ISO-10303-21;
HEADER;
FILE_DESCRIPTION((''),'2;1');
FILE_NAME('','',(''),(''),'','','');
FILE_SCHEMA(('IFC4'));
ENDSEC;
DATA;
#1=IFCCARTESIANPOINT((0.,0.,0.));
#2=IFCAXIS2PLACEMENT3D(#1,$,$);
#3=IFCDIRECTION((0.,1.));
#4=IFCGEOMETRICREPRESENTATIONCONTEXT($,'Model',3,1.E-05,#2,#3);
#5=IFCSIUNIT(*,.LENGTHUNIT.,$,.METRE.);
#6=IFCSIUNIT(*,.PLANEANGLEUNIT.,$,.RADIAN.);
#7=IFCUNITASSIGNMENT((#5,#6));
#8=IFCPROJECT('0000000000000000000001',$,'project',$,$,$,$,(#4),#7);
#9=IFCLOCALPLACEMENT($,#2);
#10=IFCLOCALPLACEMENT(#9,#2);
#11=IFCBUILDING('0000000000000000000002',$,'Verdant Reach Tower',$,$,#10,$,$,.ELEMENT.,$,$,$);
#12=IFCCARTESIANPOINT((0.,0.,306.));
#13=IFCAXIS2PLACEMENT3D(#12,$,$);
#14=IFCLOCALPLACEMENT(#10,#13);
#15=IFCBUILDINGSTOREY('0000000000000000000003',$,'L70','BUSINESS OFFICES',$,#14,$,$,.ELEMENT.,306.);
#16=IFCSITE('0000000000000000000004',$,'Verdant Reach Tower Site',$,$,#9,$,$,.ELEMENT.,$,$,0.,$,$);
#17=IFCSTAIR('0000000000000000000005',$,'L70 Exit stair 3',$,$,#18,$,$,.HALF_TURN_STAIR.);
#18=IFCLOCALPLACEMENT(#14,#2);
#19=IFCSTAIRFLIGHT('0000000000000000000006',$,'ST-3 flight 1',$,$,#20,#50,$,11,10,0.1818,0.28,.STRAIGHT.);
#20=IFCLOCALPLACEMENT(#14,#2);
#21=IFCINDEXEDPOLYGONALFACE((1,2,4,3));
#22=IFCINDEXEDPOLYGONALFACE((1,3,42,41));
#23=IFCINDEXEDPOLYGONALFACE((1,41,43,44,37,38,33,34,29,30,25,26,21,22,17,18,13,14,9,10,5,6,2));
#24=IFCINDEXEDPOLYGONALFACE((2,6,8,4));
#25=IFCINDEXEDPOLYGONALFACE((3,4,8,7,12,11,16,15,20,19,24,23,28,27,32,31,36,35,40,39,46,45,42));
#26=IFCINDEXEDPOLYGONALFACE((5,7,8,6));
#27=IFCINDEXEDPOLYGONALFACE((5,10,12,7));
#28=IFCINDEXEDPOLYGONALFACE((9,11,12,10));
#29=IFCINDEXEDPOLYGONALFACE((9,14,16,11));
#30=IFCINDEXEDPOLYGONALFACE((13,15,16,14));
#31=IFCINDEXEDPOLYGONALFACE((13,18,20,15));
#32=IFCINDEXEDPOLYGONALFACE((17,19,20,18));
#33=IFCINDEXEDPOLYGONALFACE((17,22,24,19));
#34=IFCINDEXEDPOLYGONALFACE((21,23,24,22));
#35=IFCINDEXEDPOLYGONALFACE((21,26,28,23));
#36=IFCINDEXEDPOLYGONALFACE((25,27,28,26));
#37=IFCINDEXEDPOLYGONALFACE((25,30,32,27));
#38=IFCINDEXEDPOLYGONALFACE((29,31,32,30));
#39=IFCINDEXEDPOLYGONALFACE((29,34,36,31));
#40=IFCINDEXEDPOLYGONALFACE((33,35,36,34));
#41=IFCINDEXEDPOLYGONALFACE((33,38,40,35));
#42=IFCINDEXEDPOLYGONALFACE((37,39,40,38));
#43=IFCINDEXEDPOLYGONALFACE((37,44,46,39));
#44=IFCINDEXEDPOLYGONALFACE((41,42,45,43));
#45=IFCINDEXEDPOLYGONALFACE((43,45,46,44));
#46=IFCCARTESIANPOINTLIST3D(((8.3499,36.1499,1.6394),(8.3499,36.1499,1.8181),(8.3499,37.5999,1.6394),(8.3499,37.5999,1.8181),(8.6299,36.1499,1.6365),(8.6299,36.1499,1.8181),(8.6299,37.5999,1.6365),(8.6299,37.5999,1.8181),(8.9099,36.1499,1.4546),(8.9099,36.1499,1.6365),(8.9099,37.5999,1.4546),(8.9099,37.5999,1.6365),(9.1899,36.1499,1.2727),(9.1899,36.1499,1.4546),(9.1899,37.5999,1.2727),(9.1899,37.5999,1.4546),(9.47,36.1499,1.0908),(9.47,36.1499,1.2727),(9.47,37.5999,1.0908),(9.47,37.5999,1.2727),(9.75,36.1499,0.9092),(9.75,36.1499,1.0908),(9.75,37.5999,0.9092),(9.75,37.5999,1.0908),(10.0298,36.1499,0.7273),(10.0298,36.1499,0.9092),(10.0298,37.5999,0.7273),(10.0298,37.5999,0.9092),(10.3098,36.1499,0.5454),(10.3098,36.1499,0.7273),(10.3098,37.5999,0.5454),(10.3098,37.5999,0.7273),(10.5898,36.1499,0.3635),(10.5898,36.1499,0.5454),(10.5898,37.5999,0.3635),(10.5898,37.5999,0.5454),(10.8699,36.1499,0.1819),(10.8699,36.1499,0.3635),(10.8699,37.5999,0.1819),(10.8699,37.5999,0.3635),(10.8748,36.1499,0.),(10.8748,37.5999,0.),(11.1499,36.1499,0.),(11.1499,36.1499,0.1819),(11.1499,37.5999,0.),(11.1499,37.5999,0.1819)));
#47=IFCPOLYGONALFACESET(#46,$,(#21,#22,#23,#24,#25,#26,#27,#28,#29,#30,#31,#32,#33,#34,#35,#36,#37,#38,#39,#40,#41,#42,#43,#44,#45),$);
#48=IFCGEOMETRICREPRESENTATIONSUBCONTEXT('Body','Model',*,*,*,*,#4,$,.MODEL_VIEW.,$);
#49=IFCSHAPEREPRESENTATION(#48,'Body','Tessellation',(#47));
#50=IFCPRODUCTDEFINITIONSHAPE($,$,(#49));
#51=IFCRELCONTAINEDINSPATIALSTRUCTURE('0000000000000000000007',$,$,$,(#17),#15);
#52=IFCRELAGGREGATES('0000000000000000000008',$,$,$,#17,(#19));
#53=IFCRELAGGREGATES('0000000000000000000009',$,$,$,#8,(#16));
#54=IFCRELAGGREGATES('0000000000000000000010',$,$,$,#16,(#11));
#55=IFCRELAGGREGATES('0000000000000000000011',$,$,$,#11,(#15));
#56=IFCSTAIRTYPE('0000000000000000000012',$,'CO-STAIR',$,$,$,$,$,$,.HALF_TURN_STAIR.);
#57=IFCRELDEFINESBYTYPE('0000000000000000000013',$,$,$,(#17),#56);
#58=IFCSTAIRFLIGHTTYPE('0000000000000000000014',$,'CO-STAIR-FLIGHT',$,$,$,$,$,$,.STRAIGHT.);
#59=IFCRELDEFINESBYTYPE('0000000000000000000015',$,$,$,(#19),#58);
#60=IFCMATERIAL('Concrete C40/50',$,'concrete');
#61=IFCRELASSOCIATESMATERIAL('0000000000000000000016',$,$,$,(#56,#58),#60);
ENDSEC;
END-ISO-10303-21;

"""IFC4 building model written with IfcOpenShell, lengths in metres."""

from ifc_helpers import new_model, si_unit, direction, frame, origin, place, context, subcontext, project, spatial, polyline, outline, extrude, material, type_object, element, aggregate, save


model = new_model("IFC4")

# Units and contexts
model_context = context("Model", 3, precision=1e-05, world=origin(), true_north=direction((0.0, 1.0)))
body_context = subcontext(model_context, "Body", "Model", "MODEL_VIEW")
ifc_project = project(units=[si_unit("LENGTHUNIT", "METRE"), si_unit("PLANEANGLEUNIT", "RADIAN")], contexts=[model_context])

# Site, building, storey
site_placement = place(None, origin())
site = spatial("IfcSite", under=ifc_project, at=site_placement, Name="Verdant Reach Tower Site", CompositionType="ELEMENT", RefElevation=0.0)
building_placement = place(site_placement, origin())
building = spatial("IfcBuilding", under=site, at=building_placement, Name="Verdant Reach Tower", CompositionType="ELEMENT")
storey_placement = place(building_placement, frame((0.0, 0.0, 306.0)))
storey = spatial("IfcBuildingStorey", under=building, at=storey_placement, Name="L70", Description="BUSINESS OFFICES", CompositionType="ELEMENT", Elevation=306.0)

# Stair, stair flight
ifc_material_1 = material(Name="Concrete C40/50", Category="concrete")
stair_type = type_object("IfcStairType", Name="CO-STAIR", PredefinedType="HALF_TURN_STAIR", material=ifc_material_1)
stair_placement = place(storey_placement, origin())
stair = element("IfcStair", 1, at=stair_placement, inside=storey, type_object=stair_type, Name="L70 Exit stair 3", PredefinedType="HALF_TURN_STAIR")
stair_flight_type = type_object("IfcStairFlightType", Name="CO-STAIR-FLIGHT", PredefinedType="STRAIGHT", material=ifc_material_1)
stair_flight_placement = place(storey_placement, frame((11.1499, 36.875, 0.0), z_axis=(0.0, 0.0, 1.0), x_axis=(-1.0, 0.0, 0.0)))
stair_flight = element("IfcStairFlight", 2, at=stair_flight_placement, type_object=stair_flight_type, Name="ST-3 flight 1", NumberOfRisers=11, NumberOfTreads=10, PredefinedType="STRAIGHT", RiserHeight=0.1818, TreadLength=0.28, context=body_context, shape_type="SweptSolid", body=[
    extrude(outline(polyline([(0.0, 0.0), (0.0, 0.1819), (0.28, 0.1819), (0.28, 0.3635), (0.5601, 0.3635), (0.5601, 0.5454), (0.8401, 0.5454), (0.8401, 0.7273), (1.1201, 0.7273), (1.1201, 0.9092), (1.3999, 0.9092), (1.3999, 1.0908), (1.6799, 1.0908), (1.6799, 1.2727), (1.96, 1.2727), (1.96, 1.4546), (2.24, 1.4546), (2.24, 1.6365), (2.52, 1.6365), (2.52, 1.8181), (2.8, 1.8181), (2.8, 2.0), (2.8, 1.6394), (0.2751, 0.0), (0.0, 0.0)])), frame((0.0, 0.7251, 0.0), z_axis=(0.0, -1.0, 0.0), x_axis=(1.0, 0.0, 0.0)), (0.0, 0.0, 1.0), 1.45),
])
aggregate(stair, [stair_flight])

save(model, "model.ifc")
